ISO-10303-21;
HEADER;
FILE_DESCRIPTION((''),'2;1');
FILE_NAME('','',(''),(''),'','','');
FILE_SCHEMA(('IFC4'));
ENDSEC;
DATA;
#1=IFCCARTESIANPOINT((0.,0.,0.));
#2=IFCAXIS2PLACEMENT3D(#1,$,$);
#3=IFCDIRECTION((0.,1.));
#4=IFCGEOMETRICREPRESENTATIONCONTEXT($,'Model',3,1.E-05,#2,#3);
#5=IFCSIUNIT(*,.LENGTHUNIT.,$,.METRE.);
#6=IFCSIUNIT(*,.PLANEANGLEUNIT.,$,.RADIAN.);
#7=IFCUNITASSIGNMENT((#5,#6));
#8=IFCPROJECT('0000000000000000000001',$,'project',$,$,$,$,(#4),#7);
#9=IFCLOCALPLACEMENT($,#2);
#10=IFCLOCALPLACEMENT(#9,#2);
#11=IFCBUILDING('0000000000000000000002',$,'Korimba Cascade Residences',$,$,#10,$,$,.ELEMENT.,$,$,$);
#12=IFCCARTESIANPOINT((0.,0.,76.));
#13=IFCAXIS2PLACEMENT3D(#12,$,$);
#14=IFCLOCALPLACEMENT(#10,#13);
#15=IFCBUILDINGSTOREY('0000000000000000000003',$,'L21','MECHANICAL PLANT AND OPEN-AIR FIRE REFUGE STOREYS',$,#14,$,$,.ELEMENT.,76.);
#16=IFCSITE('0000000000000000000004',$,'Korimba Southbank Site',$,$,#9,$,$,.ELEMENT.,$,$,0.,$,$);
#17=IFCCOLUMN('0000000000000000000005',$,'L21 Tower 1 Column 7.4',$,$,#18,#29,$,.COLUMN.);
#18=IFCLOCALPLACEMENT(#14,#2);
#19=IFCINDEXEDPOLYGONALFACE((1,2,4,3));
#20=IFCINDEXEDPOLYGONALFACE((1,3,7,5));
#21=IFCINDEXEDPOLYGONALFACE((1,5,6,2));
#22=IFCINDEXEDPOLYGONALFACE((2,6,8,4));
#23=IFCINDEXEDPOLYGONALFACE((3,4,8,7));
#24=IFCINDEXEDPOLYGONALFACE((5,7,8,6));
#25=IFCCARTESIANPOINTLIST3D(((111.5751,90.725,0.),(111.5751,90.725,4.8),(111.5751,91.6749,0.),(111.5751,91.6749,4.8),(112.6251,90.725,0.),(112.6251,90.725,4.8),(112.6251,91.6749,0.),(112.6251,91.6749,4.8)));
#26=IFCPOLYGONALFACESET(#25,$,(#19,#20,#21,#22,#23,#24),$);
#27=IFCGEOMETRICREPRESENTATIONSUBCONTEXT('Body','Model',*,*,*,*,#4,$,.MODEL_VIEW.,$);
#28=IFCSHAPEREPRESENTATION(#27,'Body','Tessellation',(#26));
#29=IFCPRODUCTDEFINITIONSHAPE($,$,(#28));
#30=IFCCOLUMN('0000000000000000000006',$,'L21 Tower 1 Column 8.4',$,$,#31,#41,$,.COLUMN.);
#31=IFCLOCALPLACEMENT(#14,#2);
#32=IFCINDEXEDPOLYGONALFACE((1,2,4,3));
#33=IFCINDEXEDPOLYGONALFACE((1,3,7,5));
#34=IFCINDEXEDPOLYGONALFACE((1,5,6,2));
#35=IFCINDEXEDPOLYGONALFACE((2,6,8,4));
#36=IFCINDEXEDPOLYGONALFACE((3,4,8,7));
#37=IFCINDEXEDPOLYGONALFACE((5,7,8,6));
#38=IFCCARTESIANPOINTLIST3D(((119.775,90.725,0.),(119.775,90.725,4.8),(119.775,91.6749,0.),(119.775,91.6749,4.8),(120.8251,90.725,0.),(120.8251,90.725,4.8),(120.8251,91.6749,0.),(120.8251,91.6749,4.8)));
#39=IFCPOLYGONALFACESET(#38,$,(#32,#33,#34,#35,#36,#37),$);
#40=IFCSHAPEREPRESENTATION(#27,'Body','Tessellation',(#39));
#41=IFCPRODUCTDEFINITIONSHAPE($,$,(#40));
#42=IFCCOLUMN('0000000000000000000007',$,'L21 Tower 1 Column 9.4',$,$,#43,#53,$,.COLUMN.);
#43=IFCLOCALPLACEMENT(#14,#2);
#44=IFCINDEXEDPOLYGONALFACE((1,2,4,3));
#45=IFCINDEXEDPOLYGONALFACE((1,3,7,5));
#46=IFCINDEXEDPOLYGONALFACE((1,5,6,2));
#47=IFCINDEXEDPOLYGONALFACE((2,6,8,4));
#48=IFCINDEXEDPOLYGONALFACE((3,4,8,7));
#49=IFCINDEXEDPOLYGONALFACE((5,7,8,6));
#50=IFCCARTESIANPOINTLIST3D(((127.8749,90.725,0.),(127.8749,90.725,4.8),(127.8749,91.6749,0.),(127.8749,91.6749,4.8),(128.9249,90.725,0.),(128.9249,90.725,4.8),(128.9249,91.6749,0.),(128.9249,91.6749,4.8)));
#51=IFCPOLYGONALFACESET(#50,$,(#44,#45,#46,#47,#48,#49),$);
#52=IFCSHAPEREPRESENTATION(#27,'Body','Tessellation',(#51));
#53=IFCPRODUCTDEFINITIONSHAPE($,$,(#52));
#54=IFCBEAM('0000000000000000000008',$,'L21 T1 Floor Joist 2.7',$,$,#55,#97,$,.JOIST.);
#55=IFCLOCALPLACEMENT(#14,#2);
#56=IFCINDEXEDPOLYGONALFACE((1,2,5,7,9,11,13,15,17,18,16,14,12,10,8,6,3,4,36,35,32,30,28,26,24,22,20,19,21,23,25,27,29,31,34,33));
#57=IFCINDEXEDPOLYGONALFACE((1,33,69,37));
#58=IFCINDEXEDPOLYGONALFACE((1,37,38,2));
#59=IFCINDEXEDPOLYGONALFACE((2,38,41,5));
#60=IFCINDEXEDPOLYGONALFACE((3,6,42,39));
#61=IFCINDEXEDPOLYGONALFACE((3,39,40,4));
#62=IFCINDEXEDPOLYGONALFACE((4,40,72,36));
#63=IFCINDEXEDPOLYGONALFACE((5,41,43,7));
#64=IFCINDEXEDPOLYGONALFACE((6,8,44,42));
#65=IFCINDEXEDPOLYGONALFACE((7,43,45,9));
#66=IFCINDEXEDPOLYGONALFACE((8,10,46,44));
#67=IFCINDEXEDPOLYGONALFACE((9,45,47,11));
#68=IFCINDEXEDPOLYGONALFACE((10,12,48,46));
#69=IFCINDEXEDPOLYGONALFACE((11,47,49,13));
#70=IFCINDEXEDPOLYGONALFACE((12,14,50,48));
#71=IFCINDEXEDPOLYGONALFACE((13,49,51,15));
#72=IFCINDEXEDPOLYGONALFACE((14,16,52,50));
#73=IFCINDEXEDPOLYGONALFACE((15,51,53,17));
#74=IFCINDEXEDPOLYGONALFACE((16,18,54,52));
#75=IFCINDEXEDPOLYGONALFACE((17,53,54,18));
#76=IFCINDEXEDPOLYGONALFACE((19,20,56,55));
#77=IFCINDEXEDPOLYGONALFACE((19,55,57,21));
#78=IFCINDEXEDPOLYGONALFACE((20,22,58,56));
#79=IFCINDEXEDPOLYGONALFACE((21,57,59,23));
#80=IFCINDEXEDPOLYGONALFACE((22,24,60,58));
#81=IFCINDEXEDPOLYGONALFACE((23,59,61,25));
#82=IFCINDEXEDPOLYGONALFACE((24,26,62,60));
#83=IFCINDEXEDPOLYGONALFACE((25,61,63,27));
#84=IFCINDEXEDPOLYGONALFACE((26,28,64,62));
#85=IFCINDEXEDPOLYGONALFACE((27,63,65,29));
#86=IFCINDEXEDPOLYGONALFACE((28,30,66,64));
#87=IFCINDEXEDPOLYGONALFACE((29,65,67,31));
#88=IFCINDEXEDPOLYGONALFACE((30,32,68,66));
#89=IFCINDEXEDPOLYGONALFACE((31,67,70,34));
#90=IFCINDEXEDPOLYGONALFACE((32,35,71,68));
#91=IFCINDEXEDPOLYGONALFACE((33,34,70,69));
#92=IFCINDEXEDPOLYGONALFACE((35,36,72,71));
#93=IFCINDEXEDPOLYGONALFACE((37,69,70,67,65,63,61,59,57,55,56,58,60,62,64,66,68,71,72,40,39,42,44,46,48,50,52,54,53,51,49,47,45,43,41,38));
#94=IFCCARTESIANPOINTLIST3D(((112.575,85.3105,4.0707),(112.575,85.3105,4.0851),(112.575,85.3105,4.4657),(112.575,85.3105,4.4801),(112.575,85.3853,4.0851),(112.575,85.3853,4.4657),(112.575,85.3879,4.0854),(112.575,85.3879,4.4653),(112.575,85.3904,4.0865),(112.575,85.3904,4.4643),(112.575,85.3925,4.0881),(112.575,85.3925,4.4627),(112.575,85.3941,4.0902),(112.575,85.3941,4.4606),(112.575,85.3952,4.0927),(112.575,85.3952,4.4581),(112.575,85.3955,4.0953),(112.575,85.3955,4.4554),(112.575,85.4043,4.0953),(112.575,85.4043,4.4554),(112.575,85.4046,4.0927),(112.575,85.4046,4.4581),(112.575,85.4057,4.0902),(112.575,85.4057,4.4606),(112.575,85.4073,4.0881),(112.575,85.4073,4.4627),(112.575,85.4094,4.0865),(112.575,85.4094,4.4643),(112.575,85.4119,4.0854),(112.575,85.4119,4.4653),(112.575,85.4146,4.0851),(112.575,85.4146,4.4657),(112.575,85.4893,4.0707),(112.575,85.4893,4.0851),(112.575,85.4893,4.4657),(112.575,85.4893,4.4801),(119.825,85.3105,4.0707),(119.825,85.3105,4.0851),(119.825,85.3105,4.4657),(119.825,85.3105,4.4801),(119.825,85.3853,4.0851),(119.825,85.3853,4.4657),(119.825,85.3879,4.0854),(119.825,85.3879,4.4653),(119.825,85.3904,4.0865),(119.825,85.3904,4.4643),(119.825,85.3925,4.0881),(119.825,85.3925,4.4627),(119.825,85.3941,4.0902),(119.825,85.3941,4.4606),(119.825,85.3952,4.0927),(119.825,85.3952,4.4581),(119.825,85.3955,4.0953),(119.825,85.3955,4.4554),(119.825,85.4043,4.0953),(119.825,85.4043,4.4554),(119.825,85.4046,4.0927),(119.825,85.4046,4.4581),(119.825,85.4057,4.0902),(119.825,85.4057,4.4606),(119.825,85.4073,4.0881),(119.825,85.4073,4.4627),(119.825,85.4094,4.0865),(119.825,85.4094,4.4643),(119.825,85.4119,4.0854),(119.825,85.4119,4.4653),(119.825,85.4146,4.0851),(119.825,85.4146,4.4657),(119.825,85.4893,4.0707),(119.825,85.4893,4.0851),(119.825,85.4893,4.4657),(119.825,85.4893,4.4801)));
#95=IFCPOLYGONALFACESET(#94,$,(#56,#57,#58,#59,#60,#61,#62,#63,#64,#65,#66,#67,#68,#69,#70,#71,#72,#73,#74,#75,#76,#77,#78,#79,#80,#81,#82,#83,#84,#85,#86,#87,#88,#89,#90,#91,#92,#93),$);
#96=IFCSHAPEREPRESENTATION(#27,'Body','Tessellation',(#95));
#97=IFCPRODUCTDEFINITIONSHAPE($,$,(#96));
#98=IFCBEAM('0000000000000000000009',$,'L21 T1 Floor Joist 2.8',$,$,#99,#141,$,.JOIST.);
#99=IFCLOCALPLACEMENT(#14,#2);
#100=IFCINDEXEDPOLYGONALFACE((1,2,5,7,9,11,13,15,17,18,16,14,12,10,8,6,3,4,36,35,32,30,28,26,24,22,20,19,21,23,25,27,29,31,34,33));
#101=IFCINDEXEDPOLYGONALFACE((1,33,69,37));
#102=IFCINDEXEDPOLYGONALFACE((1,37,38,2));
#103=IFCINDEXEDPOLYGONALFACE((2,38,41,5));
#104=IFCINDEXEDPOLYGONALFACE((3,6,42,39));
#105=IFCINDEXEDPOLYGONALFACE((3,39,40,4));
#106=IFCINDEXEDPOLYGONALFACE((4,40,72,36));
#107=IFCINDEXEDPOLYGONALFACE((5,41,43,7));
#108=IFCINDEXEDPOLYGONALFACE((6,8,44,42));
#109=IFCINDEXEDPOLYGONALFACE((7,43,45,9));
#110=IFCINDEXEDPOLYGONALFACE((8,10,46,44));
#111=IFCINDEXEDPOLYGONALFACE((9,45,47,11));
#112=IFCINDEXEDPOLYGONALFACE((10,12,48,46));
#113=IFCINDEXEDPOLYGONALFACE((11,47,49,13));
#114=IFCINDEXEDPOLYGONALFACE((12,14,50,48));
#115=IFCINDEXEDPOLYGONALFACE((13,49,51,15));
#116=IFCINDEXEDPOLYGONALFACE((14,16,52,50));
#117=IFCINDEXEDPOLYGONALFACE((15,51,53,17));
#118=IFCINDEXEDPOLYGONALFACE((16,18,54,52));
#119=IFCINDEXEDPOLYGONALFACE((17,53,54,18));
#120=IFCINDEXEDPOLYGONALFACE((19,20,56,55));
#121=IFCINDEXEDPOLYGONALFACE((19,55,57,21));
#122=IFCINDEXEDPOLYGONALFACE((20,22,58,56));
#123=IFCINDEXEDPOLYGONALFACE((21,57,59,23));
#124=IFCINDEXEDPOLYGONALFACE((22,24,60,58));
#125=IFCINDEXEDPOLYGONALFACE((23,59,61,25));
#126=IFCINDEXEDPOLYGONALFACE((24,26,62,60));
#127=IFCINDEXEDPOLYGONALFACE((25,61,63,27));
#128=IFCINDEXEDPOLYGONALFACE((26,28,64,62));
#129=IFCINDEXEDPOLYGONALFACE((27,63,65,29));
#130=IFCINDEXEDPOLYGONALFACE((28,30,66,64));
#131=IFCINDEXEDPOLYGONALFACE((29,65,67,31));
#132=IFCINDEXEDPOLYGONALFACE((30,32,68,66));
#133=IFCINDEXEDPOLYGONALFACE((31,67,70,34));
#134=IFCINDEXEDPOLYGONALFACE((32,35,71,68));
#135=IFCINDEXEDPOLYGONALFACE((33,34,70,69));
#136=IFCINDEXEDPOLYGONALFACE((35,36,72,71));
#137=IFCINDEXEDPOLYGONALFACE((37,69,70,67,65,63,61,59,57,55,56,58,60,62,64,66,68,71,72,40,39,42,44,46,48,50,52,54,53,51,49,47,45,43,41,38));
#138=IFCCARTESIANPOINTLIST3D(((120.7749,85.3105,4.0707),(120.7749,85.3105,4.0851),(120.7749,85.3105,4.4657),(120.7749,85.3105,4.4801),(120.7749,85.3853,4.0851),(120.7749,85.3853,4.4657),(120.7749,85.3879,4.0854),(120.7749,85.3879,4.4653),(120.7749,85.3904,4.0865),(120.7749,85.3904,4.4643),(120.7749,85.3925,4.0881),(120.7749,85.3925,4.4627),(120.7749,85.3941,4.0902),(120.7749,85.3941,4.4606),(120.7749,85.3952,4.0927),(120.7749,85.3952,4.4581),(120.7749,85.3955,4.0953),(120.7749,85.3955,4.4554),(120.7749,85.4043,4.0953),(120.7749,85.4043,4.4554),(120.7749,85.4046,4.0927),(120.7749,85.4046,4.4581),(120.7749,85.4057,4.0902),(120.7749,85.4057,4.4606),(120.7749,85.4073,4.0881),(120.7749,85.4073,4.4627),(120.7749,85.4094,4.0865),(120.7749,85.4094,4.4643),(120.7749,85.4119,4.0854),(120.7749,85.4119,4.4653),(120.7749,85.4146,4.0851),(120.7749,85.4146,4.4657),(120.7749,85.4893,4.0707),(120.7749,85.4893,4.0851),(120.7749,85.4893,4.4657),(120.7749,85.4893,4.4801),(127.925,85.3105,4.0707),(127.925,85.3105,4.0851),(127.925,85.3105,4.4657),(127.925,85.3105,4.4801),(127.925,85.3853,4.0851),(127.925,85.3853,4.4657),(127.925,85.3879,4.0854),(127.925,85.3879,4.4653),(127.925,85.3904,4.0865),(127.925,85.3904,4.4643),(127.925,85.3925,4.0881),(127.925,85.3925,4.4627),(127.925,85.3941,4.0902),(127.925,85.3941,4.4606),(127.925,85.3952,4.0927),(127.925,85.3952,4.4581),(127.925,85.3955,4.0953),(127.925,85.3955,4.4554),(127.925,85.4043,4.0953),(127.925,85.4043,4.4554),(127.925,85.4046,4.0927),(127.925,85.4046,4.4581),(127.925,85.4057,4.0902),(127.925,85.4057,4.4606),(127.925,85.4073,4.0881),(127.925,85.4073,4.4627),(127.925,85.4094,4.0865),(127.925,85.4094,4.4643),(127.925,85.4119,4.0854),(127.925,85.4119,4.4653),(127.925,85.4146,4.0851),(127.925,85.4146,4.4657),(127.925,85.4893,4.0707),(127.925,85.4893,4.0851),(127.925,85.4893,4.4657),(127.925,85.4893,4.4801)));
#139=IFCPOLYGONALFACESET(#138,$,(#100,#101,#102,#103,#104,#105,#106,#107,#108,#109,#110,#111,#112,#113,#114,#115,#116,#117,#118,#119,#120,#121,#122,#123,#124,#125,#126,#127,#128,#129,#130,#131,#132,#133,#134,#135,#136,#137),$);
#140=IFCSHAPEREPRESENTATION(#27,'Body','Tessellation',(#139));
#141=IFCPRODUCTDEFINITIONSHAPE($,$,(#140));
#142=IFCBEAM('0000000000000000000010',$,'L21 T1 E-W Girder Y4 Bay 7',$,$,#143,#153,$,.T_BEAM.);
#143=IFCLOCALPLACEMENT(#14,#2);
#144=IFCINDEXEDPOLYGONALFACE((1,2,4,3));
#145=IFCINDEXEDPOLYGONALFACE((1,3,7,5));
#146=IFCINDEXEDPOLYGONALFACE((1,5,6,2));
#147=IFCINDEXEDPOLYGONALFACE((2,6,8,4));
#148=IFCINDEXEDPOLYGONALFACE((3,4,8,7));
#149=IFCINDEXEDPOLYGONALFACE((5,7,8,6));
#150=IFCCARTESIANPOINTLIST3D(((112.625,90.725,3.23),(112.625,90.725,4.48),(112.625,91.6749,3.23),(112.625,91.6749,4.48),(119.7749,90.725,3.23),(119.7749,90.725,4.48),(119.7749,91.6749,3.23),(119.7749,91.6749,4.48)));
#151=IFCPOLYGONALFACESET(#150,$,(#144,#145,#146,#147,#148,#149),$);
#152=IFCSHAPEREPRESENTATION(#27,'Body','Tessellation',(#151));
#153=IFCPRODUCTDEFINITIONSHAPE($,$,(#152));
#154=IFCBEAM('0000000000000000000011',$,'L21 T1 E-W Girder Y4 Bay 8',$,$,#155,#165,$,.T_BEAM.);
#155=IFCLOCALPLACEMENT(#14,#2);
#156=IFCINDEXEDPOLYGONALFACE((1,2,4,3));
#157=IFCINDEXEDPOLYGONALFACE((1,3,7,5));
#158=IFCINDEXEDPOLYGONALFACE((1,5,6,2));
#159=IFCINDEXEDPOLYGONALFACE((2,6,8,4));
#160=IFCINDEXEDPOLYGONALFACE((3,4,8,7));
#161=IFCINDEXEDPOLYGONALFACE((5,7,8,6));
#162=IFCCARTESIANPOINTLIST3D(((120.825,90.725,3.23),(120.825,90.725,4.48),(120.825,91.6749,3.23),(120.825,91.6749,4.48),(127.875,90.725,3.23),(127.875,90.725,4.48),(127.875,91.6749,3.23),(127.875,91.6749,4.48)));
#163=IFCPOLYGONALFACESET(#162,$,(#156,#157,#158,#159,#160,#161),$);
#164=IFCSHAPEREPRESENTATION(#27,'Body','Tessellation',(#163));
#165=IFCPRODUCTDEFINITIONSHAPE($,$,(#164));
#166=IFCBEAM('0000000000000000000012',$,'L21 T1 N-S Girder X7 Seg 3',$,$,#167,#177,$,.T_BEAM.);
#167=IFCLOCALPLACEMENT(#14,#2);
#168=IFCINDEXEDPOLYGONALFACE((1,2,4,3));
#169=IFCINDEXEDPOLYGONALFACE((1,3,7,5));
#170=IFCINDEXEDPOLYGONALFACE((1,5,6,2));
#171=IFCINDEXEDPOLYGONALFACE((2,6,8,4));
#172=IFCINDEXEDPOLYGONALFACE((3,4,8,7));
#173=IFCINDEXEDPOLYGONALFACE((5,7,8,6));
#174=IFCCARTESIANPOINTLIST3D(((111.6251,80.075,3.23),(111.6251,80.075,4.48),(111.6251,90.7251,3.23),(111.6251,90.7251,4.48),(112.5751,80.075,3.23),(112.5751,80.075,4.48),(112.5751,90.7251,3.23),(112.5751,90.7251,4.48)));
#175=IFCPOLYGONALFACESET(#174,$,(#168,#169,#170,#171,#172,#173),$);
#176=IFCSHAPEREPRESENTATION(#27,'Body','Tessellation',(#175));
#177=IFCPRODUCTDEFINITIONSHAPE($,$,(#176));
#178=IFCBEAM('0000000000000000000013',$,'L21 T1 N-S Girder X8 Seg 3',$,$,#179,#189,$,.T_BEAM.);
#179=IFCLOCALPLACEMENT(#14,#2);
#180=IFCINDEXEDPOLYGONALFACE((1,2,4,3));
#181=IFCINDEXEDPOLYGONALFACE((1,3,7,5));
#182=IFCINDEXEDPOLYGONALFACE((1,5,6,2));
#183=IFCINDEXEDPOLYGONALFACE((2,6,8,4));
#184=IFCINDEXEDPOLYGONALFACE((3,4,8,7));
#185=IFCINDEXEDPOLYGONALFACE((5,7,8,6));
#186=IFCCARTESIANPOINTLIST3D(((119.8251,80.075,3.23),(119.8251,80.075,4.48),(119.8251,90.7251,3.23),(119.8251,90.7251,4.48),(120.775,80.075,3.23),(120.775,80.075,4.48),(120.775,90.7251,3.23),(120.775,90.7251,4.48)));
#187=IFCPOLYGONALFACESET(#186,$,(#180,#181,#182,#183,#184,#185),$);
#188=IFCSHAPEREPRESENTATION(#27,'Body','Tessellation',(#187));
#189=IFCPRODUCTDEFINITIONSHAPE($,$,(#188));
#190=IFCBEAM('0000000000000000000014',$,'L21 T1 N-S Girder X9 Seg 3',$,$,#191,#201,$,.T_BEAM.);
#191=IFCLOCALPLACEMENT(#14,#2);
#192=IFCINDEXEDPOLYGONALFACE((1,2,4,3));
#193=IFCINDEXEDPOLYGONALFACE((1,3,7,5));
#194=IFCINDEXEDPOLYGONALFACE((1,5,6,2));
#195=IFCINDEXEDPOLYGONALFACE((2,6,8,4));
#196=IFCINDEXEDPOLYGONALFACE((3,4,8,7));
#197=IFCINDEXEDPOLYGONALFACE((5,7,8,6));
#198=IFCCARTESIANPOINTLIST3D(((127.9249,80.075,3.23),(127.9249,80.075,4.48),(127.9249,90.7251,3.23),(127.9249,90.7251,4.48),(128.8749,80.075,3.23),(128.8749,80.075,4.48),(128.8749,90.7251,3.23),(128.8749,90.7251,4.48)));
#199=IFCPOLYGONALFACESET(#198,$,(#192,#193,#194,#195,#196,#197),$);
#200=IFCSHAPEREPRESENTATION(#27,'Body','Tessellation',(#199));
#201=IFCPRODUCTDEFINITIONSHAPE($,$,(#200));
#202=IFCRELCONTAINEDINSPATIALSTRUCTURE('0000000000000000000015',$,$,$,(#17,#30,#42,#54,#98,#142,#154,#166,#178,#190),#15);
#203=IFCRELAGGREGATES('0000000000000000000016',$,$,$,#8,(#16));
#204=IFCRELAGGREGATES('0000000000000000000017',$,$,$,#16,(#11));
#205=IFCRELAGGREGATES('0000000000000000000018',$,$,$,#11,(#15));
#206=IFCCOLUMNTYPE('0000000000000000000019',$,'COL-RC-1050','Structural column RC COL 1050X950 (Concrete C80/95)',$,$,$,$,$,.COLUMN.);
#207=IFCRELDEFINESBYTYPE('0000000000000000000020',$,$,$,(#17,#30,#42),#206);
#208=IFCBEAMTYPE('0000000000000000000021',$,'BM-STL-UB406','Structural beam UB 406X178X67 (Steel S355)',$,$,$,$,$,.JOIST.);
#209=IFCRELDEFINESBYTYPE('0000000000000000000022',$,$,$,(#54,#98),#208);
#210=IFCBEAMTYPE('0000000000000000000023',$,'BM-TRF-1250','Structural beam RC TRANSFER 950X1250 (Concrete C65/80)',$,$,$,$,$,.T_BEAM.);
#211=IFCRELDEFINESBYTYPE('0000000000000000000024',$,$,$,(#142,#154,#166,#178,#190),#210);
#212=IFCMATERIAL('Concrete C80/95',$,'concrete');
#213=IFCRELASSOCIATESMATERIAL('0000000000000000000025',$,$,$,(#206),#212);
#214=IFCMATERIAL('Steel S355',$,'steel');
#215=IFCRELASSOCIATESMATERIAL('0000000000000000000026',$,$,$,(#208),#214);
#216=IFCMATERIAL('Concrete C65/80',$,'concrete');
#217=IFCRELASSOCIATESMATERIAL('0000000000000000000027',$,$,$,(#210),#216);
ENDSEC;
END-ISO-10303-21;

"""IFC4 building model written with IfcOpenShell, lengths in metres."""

from ifc_helpers import new_model, si_unit, direction, frame, origin, origin_2d, place, context, subcontext, project, spatial, rectangle, i_section, extrude, material, material_profile, profile_set, type_object, element, save


model = new_model("IFC4")

# Units and contexts
model_context = context("Model", 3, precision=1e-05, world=origin(), true_north=direction((0.0, 1.0)))
body_context = subcontext(model_context, "Body", "Model", "MODEL_VIEW")
ifc_project = project(units=[si_unit("LENGTHUNIT", "METRE"), si_unit("PLANEANGLEUNIT", "RADIAN")], contexts=[model_context])

# Site, building, storey
site_placement = place(None, origin())
site = spatial("IfcSite", under=ifc_project, at=site_placement, Name="Korimba Southbank Site", CompositionType="ELEMENT", RefElevation=0.0)
building_placement = place(site_placement, origin())
building = spatial("IfcBuilding", under=site, at=building_placement, Name="Korimba Cascade Residences", CompositionType="ELEMENT")
storey_placement = place(building_placement, frame((0.0, 0.0, 76.0)))
storey = spatial("IfcBuildingStorey", under=building, at=storey_placement, Name="L21", Description="MECHANICAL PLANT AND OPEN-AIR FIRE REFUGE STOREYS", CompositionType="ELEMENT", Elevation=76.0)

# Columns
ifc_material_1 = material(Name="Concrete C80/95", Category="concrete")
ifc_material_profile_1 = material_profile(ifc_material_1, rectangle(XDim=1.05, YDim=0.95, at=origin_2d()), Name="Concrete C80/95")
ifc_profile_set_1 = profile_set([ifc_material_profile_1], Name="Concrete C80/95")
column_type = type_object("IfcColumnType", Name="COL-RC-1050", Description="Structural column RC COL 1050X950 (Concrete C80/95)", PredefinedType="COLUMN", material=ifc_profile_set_1)
for number, where, z_axis, x_axis, name in (
    (1, (112.1001, 91.2, 0.0), (0.0, 0.0, 1.0), (1.0, 0.0, 0.0), "L21 Tower 1 Column 7.4"),
    (2, (120.3, 91.2, 0.0), (0.0, 0.0, 1.0), (1.0, 0.0, 0.0), "L21 Tower 1 Column 8.4"),
    (3, (128.3999, 91.2, 0.0), (0.0, 0.0, 1.0), (1.0, 0.0, 0.0), "L21 Tower 1 Column 9.4"),
):
    element("IfcColumn", number, at=place(storey_placement, frame(where, z_axis=z_axis, x_axis=x_axis)), inside=storey, type_object=column_type, Name=name, PredefinedType="COLUMN", context=body_context, shape_type="SweptSolid", body=[
        extrude(rectangle(XDim=1.05, YDim=0.95, at=origin_2d()), origin(), (0.0, 0.0, 1.0), 4.8),
    ])

# Beams
ifc_material_2 = material(Name="Steel S355", Category="steel")
ifc_material_profile_2 = material_profile(ifc_material_2, i_section(OverallWidth=0.1787, OverallDepth=0.4094, WebThickness=0.0088, FlangeThickness=0.0144, FilletRadius=0.0103, at=origin_2d()), Name="Steel S355")
ifc_profile_set_2 = profile_set([ifc_material_profile_2], Name="Steel S355")
beam_type_1 = type_object("IfcBeamType", Name="BM-STL-UB406", Description="Structural beam UB 406X178X67 (Steel S355)", PredefinedType="JOIST", material=ifc_profile_set_2)
beam_1_placement = place(storey_placement, frame((112.575, 85.3999, 4.2754), z_axis=(1.0, 0.0, 0.0), x_axis=(0.0, 1.0, 0.0)))
element("IfcBeam", 4, at=beam_1_placement, inside=storey, type_object=beam_type_1, Name="L21 T1 Floor Joist 2.7", PredefinedType="JOIST", context=body_context, shape_type="SweptSolid", body=[
    extrude(i_section(OverallWidth=0.1787, OverallDepth=0.4094, WebThickness=0.0088, FlangeThickness=0.0144, FilletRadius=0.0103, at=origin_2d()), origin(), (0.0, 0.0, 1.0), 7.25),
])
beam_2_placement = place(storey_placement, frame((120.7749, 85.3999, 4.2754), z_axis=(1.0, 0.0, 0.0), x_axis=(0.0, 1.0, 0.0)))
element("IfcBeam", 5, at=beam_2_placement, inside=storey, type_object=beam_type_1, Name="L21 T1 Floor Joist 2.8", PredefinedType="JOIST", context=body_context, shape_type="SweptSolid", body=[
    extrude(i_section(OverallWidth=0.1787, OverallDepth=0.4094, WebThickness=0.0088, FlangeThickness=0.0144, FilletRadius=0.0103, at=origin_2d()), origin(), (0.0, 0.0, 1.0), 7.1501),
])
ifc_material_3 = material(Name="Concrete C65/80", Category="concrete")
ifc_material_profile_3 = material_profile(ifc_material_3, rectangle(XDim=0.95, YDim=1.25, at=origin_2d()), Name="Concrete C65/80")
ifc_profile_set_3 = profile_set([ifc_material_profile_3], Name="Concrete C65/80")
beam_type_2 = type_object("IfcBeamType", Name="BM-TRF-1250", Description="Structural beam RC TRANSFER 950X1250 (Concrete C65/80)", PredefinedType="T_BEAM", material=ifc_profile_set_3)
beam_3_placement = place(storey_placement, frame((112.625, 91.2, 3.855), z_axis=(1.0, 0.0, 0.0), x_axis=(0.0, 1.0, 0.0)))
element("IfcBeam", 6, at=beam_3_placement, inside=storey, type_object=beam_type_2, Name="L21 T1 E-W Girder Y4 Bay 7", PredefinedType="T_BEAM", context=body_context, shape_type="SweptSolid", body=[
    extrude(rectangle(XDim=0.95, YDim=1.25, at=origin_2d()), origin(), (0.0, 0.0, 1.0), 7.1499),
])
beam_4_placement = place(storey_placement, frame((120.825, 91.2, 3.855), z_axis=(1.0, 0.0, 0.0), x_axis=(0.0, 1.0, 0.0)))
element("IfcBeam", 7, at=beam_4_placement, inside=storey, type_object=beam_type_2, Name="L21 T1 E-W Girder Y4 Bay 8", PredefinedType="T_BEAM", context=body_context, shape_type="SweptSolid", body=[
    extrude(rectangle(XDim=0.95, YDim=1.25, at=origin_2d()), origin(), (0.0, 0.0, 1.0), 7.05),
])
for number, where, z_axis, x_axis, name in (
    (8, (112.1001, 80.075, 3.855), (0.0, 1.0, 0.0), (-1.0, 0.0, 0.0), "L21 T1 N-S Girder X7 Seg 3"),
    (9, (120.3, 80.075, 3.855), (0.0, 1.0, 0.0), (-1.0, 0.0, 0.0), "L21 T1 N-S Girder X8 Seg 3"),
    (10, (128.3999, 80.075, 3.855), (0.0, 1.0, 0.0), (-1.0, 0.0, 0.0), "L21 T1 N-S Girder X9 Seg 3"),
):
    element("IfcBeam", number, at=place(storey_placement, frame(where, z_axis=z_axis, x_axis=x_axis)), inside=storey, type_object=beam_type_2, Name=name, PredefinedType="T_BEAM", context=body_context, shape_type="SweptSolid", body=[
        extrude(rectangle(XDim=0.95, YDim=1.25, at=origin_2d()), origin(), (0.0, 0.0, 1.0), 10.6501),
    ])

save(model, "model.ifc")
